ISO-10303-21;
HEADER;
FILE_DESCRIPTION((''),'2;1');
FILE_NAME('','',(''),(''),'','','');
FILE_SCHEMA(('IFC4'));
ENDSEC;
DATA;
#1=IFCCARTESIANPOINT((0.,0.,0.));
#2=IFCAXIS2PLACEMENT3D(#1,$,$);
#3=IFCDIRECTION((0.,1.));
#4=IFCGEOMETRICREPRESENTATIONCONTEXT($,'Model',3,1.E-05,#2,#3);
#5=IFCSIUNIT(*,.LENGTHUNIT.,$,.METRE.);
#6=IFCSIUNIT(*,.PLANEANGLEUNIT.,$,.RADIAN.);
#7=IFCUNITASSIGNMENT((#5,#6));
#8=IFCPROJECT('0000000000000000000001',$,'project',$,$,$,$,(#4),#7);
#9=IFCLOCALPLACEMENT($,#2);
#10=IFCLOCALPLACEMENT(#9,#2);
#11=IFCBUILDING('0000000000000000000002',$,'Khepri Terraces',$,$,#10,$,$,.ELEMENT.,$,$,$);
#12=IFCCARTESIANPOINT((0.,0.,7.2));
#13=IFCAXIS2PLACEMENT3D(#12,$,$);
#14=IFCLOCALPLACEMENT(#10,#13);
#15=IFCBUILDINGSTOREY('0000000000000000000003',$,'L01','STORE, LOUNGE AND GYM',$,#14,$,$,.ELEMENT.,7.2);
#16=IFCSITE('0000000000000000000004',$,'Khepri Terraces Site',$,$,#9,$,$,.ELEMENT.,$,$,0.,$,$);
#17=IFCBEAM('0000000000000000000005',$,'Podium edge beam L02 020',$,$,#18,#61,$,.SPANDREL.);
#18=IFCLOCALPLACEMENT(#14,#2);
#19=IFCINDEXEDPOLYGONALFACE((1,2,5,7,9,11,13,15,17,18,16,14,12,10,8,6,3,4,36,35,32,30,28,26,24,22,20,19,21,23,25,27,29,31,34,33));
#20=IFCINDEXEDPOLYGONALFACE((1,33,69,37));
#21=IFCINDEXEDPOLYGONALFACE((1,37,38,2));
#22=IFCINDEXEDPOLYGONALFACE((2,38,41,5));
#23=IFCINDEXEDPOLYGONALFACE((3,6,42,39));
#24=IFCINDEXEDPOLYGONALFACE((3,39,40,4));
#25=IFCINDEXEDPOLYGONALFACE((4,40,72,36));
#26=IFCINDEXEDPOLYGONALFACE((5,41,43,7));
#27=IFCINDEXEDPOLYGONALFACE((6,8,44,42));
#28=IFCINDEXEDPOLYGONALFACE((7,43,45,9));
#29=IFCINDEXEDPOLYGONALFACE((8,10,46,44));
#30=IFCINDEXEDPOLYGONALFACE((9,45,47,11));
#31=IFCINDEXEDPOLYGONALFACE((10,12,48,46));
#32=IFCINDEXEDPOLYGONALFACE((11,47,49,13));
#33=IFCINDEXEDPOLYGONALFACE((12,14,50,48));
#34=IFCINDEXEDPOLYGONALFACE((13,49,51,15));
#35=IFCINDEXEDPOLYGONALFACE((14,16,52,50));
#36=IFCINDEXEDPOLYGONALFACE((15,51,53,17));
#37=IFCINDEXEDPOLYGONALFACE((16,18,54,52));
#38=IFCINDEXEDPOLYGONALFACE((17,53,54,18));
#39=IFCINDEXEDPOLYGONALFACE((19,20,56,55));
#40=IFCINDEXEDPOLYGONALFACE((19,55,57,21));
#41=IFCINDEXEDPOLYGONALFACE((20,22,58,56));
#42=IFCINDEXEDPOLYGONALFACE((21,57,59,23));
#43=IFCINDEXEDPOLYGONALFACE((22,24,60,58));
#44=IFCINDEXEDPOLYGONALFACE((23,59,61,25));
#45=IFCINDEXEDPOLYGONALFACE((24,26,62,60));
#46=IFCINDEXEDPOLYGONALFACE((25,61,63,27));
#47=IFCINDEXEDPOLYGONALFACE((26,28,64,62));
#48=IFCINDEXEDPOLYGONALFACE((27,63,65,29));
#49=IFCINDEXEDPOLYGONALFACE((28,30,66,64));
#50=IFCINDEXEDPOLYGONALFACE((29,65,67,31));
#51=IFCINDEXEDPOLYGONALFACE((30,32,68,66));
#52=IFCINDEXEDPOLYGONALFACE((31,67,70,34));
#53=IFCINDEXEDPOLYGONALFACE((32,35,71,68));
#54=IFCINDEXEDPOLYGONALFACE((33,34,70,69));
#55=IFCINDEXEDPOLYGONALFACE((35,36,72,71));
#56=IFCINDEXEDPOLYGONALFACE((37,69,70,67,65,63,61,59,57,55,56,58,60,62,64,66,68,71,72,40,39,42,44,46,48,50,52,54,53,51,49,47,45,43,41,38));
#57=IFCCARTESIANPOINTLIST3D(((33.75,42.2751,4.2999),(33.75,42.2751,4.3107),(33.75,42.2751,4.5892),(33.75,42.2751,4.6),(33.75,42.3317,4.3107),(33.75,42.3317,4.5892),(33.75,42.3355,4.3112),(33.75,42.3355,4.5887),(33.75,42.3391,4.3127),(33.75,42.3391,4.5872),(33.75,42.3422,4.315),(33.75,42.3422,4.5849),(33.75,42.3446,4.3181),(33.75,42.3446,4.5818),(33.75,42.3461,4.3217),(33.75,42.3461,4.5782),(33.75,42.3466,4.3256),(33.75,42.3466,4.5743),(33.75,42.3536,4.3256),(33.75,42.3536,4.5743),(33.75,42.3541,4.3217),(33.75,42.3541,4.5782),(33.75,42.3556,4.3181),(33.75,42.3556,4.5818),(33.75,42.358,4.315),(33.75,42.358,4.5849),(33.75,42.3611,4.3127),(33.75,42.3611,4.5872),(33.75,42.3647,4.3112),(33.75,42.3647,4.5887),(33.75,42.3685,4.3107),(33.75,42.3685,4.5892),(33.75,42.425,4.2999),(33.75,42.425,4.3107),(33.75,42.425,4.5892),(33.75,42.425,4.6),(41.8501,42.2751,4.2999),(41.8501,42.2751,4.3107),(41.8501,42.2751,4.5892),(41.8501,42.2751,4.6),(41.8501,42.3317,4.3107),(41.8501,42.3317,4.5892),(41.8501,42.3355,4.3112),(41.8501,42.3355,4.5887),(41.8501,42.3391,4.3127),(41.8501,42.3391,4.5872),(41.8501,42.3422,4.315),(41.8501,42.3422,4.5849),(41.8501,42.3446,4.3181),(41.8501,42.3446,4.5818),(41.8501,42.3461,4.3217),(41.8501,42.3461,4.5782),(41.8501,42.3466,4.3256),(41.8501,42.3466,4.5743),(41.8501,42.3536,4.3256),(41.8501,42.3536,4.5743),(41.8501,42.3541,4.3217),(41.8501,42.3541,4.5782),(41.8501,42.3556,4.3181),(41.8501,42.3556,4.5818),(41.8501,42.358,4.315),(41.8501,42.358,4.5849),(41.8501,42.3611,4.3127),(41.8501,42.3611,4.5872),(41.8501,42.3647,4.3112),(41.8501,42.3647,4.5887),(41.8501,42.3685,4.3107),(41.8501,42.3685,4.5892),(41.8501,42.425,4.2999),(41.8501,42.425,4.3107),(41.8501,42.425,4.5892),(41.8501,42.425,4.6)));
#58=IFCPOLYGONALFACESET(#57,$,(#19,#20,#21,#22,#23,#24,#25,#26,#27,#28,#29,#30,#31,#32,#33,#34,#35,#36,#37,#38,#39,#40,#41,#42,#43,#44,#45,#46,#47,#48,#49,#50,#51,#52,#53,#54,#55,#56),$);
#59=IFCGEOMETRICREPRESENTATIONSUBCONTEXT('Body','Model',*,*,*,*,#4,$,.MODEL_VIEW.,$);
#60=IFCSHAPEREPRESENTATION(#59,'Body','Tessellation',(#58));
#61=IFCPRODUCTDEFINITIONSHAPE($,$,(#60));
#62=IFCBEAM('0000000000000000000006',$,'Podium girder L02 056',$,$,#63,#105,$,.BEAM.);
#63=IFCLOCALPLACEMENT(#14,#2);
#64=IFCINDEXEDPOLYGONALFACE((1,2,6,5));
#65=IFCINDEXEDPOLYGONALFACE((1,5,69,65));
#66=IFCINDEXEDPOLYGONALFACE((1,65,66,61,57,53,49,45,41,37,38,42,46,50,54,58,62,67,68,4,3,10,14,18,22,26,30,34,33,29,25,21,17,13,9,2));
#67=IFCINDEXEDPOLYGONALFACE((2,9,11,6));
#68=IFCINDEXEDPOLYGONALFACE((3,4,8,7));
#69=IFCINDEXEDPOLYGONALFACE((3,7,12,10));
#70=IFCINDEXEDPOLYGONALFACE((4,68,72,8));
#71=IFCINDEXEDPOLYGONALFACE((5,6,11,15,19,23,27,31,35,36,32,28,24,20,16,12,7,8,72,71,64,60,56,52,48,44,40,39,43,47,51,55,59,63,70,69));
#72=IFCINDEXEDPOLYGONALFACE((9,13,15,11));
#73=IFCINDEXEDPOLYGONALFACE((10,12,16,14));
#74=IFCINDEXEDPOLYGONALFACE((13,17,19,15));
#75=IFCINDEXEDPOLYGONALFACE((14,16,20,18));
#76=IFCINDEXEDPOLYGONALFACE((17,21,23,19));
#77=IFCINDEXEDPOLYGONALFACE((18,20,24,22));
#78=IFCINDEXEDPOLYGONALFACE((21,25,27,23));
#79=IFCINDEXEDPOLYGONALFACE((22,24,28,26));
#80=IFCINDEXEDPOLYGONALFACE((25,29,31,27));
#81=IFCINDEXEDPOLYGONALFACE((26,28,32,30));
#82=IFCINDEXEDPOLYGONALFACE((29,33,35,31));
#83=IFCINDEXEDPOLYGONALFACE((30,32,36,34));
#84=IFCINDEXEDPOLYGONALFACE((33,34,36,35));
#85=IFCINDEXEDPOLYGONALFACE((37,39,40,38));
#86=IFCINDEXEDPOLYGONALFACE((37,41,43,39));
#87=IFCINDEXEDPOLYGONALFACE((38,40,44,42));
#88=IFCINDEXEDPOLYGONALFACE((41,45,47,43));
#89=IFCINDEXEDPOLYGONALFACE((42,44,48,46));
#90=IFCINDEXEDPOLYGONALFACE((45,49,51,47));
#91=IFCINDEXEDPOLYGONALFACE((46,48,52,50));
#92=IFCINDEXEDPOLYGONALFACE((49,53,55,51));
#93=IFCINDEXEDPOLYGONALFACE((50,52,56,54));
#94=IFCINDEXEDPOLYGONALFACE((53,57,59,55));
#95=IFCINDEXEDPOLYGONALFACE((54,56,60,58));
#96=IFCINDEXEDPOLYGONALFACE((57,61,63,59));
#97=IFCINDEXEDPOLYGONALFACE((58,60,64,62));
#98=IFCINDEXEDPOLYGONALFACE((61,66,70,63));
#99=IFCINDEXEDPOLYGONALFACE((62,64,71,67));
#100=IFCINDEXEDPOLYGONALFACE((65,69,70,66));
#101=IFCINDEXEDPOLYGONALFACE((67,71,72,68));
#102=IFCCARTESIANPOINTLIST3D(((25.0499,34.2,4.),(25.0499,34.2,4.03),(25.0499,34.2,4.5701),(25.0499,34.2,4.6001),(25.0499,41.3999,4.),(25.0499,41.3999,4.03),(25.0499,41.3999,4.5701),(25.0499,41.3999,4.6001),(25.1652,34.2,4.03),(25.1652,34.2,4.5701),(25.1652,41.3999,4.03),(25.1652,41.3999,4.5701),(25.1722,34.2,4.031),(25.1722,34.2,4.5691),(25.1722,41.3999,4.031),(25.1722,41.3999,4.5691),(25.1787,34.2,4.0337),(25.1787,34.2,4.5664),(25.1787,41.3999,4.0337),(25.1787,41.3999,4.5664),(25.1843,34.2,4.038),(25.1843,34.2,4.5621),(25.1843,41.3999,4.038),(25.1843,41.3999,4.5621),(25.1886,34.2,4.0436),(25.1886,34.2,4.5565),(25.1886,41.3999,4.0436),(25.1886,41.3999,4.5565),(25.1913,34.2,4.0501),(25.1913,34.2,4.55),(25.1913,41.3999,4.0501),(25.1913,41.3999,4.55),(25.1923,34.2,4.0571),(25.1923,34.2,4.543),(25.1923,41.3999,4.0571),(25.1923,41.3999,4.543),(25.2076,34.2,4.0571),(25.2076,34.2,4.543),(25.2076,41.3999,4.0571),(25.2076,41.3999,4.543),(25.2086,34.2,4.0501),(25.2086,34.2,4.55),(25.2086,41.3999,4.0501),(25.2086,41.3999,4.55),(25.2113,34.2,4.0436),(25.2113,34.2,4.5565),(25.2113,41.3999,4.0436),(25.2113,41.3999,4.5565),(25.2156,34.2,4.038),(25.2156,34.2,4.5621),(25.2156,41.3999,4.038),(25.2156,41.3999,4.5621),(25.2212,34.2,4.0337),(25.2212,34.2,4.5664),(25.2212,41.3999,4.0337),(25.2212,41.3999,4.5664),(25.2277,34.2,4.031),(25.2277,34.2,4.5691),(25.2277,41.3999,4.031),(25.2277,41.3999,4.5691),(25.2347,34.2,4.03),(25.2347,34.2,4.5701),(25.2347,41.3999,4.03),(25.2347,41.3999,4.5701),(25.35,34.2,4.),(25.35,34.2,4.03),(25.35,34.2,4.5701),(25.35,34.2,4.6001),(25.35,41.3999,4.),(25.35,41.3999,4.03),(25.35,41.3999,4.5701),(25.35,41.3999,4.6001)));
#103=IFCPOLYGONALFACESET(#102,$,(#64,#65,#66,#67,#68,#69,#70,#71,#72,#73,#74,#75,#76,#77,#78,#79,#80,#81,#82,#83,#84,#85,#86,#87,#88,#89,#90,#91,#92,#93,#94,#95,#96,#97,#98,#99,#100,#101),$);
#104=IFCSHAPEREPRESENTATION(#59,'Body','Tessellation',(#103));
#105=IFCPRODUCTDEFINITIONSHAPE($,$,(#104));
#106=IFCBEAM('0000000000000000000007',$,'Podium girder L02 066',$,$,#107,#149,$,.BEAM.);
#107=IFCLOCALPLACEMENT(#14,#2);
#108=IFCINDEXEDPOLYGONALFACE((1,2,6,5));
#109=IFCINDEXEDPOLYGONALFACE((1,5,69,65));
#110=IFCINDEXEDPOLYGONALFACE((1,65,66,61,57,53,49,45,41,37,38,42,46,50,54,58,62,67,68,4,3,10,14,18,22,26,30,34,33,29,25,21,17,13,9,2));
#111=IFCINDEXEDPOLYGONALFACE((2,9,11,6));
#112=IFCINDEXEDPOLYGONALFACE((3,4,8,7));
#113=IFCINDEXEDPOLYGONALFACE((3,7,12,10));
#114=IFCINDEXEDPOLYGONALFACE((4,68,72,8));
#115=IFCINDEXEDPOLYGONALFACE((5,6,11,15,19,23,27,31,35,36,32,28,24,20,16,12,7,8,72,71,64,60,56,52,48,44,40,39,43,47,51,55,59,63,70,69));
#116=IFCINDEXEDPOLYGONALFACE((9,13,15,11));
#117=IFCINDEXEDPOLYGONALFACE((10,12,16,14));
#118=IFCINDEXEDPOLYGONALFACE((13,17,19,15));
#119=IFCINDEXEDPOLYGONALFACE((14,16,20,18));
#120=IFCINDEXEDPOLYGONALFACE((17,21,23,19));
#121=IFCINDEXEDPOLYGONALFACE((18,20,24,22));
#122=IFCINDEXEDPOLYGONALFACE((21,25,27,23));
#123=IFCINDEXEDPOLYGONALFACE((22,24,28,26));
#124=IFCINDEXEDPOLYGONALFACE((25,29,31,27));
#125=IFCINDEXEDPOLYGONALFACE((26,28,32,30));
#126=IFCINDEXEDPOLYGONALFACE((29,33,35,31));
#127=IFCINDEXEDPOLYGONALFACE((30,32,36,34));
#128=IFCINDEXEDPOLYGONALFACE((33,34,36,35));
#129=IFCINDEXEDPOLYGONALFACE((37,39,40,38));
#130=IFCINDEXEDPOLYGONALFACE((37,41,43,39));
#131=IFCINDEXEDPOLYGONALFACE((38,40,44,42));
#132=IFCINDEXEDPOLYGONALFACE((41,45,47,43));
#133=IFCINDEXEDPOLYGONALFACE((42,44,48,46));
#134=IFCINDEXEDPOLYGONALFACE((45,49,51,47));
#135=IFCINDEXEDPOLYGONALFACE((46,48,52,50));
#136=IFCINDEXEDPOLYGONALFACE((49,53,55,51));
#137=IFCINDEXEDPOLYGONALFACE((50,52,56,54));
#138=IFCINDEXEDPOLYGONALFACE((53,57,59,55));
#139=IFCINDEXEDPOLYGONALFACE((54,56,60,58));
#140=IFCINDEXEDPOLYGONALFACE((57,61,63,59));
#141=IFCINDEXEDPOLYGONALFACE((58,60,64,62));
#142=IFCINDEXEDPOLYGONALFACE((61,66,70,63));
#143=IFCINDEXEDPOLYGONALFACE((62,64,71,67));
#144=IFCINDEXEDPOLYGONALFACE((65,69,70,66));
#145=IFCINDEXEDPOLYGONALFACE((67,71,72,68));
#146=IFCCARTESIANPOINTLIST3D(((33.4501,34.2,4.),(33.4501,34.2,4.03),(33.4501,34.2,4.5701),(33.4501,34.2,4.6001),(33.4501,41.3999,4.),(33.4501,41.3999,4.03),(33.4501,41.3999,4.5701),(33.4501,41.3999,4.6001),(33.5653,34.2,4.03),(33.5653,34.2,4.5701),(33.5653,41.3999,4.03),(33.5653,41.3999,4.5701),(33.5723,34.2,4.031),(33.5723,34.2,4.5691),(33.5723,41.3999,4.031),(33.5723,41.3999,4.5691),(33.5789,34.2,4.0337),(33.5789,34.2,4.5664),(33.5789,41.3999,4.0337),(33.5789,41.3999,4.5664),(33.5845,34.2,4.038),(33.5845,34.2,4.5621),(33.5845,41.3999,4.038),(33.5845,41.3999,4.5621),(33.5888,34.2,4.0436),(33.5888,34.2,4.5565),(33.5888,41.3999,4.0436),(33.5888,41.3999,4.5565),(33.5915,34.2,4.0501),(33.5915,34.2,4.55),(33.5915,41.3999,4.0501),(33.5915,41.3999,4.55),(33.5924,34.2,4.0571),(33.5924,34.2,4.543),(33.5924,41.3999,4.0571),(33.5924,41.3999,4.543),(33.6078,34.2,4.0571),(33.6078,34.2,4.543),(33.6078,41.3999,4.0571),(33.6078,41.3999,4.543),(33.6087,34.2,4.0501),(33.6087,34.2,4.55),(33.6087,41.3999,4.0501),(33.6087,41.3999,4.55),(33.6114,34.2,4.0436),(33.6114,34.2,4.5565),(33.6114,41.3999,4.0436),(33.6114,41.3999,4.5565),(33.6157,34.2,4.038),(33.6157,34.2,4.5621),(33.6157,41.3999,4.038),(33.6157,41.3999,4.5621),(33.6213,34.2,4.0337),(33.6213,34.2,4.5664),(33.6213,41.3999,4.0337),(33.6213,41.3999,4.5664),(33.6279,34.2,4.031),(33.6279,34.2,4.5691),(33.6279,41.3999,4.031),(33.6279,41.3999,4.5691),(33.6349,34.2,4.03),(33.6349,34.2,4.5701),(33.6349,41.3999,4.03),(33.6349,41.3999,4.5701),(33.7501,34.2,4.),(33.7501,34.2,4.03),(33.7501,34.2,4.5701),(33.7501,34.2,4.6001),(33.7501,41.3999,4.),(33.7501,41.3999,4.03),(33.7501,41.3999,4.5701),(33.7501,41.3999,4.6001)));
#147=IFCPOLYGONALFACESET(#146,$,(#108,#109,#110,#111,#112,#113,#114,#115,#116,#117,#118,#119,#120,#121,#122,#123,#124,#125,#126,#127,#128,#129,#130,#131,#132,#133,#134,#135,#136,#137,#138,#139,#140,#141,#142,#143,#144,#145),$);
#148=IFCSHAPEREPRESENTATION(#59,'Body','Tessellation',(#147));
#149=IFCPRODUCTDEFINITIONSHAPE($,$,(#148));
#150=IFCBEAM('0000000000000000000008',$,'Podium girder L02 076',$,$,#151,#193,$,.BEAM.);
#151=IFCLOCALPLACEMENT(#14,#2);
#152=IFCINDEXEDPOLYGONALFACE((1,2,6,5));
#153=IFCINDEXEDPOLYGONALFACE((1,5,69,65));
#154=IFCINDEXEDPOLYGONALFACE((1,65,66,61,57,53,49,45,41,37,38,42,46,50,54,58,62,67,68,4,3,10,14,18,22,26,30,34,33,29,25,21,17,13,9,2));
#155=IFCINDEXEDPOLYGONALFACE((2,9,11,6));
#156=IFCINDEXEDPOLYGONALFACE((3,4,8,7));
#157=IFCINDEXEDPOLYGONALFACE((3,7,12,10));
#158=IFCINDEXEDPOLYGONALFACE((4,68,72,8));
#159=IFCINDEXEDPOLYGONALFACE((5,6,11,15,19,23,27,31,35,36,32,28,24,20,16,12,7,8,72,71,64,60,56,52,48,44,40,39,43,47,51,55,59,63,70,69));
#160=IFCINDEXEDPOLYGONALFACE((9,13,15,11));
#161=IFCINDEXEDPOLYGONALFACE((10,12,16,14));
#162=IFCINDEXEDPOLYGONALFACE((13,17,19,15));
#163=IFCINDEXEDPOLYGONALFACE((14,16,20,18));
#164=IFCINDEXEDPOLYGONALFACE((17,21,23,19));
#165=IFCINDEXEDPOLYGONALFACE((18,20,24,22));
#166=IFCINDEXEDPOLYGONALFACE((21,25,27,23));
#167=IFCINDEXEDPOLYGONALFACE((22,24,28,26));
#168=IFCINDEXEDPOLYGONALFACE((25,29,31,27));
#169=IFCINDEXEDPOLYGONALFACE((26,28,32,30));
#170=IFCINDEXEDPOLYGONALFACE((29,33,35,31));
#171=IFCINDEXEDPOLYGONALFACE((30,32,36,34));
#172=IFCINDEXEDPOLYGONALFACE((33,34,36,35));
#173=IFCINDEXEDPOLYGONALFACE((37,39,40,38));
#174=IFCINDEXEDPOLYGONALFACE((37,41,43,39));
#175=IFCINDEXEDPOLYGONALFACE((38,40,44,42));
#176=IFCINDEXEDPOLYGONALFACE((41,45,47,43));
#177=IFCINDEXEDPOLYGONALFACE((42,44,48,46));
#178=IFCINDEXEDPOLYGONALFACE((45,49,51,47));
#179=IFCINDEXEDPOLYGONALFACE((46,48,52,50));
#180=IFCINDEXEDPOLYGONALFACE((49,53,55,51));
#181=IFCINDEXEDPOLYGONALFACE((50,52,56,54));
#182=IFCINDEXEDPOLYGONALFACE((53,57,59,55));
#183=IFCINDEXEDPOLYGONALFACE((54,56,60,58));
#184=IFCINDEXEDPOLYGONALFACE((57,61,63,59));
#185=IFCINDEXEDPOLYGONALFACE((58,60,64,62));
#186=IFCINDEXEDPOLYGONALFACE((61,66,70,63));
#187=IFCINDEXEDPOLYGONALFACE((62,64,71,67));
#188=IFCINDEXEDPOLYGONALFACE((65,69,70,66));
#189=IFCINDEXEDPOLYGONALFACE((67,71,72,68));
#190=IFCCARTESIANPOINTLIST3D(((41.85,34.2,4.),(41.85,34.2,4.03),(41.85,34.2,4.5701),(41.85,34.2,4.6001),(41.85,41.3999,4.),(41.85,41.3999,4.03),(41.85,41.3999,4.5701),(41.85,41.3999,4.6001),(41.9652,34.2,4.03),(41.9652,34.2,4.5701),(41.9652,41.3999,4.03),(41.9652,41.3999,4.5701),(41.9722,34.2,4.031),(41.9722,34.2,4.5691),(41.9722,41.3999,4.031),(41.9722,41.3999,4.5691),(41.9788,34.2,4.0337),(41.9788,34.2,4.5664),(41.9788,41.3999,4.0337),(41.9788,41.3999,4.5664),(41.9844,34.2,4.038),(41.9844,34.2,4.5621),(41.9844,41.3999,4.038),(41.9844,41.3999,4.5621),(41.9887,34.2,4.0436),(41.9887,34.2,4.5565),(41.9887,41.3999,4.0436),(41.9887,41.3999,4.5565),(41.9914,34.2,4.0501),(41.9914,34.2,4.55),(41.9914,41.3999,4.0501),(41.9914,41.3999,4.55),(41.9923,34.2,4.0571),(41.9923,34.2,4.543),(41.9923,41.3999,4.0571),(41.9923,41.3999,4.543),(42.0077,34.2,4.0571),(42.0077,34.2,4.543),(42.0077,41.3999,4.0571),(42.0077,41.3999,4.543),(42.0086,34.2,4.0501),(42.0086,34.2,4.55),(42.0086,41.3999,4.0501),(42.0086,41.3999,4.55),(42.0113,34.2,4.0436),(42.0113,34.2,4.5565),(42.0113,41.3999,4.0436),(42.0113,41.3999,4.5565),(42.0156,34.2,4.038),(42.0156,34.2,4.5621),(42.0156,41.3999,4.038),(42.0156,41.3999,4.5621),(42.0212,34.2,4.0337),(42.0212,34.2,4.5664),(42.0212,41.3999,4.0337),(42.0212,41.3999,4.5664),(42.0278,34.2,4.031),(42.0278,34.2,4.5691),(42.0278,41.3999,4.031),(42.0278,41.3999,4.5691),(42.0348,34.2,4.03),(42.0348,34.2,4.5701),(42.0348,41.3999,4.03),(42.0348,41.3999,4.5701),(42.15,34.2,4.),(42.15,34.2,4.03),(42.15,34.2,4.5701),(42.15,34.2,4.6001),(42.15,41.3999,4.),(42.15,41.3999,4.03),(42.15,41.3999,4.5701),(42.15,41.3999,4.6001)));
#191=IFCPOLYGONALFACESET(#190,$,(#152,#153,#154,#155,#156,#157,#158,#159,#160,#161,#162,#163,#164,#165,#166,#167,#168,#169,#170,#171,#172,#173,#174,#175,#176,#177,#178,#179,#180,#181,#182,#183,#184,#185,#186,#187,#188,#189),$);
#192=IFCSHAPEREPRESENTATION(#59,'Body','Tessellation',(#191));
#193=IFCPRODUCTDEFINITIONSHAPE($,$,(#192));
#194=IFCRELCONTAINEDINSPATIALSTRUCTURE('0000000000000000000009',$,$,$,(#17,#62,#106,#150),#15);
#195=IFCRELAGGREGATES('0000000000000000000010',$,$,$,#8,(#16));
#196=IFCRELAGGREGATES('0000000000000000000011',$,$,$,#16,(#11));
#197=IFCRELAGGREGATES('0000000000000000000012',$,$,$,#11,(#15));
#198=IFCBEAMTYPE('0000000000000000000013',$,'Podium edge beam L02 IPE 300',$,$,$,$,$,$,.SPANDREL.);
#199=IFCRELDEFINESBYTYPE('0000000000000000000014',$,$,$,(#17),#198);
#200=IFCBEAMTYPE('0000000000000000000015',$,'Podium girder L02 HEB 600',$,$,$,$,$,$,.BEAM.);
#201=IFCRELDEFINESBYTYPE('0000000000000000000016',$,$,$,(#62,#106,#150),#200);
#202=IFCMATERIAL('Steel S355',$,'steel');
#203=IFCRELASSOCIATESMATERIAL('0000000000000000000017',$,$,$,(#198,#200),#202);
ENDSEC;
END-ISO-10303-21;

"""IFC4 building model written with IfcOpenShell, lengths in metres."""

from ifc_helpers import new_model, si_unit, direction, frame, origin, origin_2d, place, context, subcontext, project, spatial, i_section, extrude, material, material_profile, profile_set, type_object, element, save


model = new_model("IFC4")

# Units and contexts
model_context = context("Model", 3, precision=1e-05, world=origin(), true_north=direction((0.0, 1.0)))
body_context = subcontext(model_context, "Body", "Model", "MODEL_VIEW")
ifc_project = project(units=[si_unit("LENGTHUNIT", "METRE"), si_unit("PLANEANGLEUNIT", "RADIAN")], contexts=[model_context])

# Site, building, storey
site_placement = place(None, origin())
site = spatial("IfcSite", under=ifc_project, at=site_placement, Name="Khepri Terraces Site", CompositionType="ELEMENT", RefElevation=0.0)
building_placement = place(site_placement, origin())
building = spatial("IfcBuilding", under=site, at=building_placement, Name="Khepri Terraces", CompositionType="ELEMENT")
storey_placement = place(building_placement, frame((0.0, 0.0, 7.2)))
storey = spatial("IfcBuildingStorey", under=building, at=storey_placement, Name="L01", Description="STORE, LOUNGE AND GYM", CompositionType="ELEMENT", Elevation=7.2)

# Beams
ifc_material_1 = material(Name="Steel S355", Category="steel")
ifc_material_profile_1 = material_profile(ifc_material_1, i_section(OverallWidth=0.1499, OverallDepth=0.3, WebThickness=0.0071, FlangeThickness=0.0107, FilletRadius=0.0149, at=origin_2d()), Name="Steel S355", Category="steel")
ifc_profile_set_1 = profile_set([ifc_material_profile_1], Name="Steel S355")
beam_type_1 = type_object("IfcBeamType", Name="Podium edge beam L02 IPE 300", PredefinedType="SPANDREL", material=ifc_profile_set_1)
beam_1_placement = place(storey_placement, frame((33.75, 42.3501, 4.45), z_axis=(1.0, 0.0, 0.0), x_axis=(0.0, 1.0, 0.0)))
element("IfcBeam", 1, at=beam_1_placement, inside=storey, type_object=beam_type_1, Name="Podium edge beam L02 020", PredefinedType="SPANDREL", context=body_context, shape_type="SweptSolid", body=[
    extrude(i_section(OverallWidth=0.1499, OverallDepth=0.3, WebThickness=0.0071, FlangeThickness=0.0107, FilletRadius=0.0149, at=origin_2d()), origin(), (0.0, 0.0, 1.0), 8.1001),
])
ifc_material_profile_2 = material_profile(ifc_material_1, i_section(OverallWidth=0.3, OverallDepth=0.6001, WebThickness=0.0154, FlangeThickness=0.03, FilletRadius=0.0271, at=origin_2d()), Name="Steel S355", Category="steel")
ifc_profile_set_2 = profile_set([ifc_material_profile_2], Name="Steel S355")
beam_type_2 = type_object("IfcBeamType", Name="Podium girder L02 HEB 600", PredefinedType="BEAM", material=ifc_profile_set_2)
for number, where, z_axis, x_axis, name in (
    (2, (25.2, 34.2, 4.3), (0.0, 1.0, 0.0), (-1.0, 0.0, 0.0), "Podium girder L02 056"),
    (3, (33.6001, 34.2, 4.3), (0.0, 1.0, 0.0), (-1.0, 0.0, 0.0), "Podium girder L02 066"),
    (4, (42.0, 34.2, 4.3), (0.0, 1.0, 0.0), (-1.0, 0.0, 0.0), "Podium girder L02 076"),
):
    element("IfcBeam", number, at=place(storey_placement, frame(where, z_axis=z_axis, x_axis=x_axis)), inside=storey, type_object=beam_type_2, Name=name, PredefinedType="BEAM", context=body_context, shape_type="SweptSolid", body=[
        extrude(i_section(OverallWidth=0.3, OverallDepth=0.6001, WebThickness=0.0154, FlangeThickness=0.03, FilletRadius=0.0271, at=origin_2d()), origin(), (0.0, 0.0, 1.0), 7.2),
    ])

save(model, "model.ifc")
